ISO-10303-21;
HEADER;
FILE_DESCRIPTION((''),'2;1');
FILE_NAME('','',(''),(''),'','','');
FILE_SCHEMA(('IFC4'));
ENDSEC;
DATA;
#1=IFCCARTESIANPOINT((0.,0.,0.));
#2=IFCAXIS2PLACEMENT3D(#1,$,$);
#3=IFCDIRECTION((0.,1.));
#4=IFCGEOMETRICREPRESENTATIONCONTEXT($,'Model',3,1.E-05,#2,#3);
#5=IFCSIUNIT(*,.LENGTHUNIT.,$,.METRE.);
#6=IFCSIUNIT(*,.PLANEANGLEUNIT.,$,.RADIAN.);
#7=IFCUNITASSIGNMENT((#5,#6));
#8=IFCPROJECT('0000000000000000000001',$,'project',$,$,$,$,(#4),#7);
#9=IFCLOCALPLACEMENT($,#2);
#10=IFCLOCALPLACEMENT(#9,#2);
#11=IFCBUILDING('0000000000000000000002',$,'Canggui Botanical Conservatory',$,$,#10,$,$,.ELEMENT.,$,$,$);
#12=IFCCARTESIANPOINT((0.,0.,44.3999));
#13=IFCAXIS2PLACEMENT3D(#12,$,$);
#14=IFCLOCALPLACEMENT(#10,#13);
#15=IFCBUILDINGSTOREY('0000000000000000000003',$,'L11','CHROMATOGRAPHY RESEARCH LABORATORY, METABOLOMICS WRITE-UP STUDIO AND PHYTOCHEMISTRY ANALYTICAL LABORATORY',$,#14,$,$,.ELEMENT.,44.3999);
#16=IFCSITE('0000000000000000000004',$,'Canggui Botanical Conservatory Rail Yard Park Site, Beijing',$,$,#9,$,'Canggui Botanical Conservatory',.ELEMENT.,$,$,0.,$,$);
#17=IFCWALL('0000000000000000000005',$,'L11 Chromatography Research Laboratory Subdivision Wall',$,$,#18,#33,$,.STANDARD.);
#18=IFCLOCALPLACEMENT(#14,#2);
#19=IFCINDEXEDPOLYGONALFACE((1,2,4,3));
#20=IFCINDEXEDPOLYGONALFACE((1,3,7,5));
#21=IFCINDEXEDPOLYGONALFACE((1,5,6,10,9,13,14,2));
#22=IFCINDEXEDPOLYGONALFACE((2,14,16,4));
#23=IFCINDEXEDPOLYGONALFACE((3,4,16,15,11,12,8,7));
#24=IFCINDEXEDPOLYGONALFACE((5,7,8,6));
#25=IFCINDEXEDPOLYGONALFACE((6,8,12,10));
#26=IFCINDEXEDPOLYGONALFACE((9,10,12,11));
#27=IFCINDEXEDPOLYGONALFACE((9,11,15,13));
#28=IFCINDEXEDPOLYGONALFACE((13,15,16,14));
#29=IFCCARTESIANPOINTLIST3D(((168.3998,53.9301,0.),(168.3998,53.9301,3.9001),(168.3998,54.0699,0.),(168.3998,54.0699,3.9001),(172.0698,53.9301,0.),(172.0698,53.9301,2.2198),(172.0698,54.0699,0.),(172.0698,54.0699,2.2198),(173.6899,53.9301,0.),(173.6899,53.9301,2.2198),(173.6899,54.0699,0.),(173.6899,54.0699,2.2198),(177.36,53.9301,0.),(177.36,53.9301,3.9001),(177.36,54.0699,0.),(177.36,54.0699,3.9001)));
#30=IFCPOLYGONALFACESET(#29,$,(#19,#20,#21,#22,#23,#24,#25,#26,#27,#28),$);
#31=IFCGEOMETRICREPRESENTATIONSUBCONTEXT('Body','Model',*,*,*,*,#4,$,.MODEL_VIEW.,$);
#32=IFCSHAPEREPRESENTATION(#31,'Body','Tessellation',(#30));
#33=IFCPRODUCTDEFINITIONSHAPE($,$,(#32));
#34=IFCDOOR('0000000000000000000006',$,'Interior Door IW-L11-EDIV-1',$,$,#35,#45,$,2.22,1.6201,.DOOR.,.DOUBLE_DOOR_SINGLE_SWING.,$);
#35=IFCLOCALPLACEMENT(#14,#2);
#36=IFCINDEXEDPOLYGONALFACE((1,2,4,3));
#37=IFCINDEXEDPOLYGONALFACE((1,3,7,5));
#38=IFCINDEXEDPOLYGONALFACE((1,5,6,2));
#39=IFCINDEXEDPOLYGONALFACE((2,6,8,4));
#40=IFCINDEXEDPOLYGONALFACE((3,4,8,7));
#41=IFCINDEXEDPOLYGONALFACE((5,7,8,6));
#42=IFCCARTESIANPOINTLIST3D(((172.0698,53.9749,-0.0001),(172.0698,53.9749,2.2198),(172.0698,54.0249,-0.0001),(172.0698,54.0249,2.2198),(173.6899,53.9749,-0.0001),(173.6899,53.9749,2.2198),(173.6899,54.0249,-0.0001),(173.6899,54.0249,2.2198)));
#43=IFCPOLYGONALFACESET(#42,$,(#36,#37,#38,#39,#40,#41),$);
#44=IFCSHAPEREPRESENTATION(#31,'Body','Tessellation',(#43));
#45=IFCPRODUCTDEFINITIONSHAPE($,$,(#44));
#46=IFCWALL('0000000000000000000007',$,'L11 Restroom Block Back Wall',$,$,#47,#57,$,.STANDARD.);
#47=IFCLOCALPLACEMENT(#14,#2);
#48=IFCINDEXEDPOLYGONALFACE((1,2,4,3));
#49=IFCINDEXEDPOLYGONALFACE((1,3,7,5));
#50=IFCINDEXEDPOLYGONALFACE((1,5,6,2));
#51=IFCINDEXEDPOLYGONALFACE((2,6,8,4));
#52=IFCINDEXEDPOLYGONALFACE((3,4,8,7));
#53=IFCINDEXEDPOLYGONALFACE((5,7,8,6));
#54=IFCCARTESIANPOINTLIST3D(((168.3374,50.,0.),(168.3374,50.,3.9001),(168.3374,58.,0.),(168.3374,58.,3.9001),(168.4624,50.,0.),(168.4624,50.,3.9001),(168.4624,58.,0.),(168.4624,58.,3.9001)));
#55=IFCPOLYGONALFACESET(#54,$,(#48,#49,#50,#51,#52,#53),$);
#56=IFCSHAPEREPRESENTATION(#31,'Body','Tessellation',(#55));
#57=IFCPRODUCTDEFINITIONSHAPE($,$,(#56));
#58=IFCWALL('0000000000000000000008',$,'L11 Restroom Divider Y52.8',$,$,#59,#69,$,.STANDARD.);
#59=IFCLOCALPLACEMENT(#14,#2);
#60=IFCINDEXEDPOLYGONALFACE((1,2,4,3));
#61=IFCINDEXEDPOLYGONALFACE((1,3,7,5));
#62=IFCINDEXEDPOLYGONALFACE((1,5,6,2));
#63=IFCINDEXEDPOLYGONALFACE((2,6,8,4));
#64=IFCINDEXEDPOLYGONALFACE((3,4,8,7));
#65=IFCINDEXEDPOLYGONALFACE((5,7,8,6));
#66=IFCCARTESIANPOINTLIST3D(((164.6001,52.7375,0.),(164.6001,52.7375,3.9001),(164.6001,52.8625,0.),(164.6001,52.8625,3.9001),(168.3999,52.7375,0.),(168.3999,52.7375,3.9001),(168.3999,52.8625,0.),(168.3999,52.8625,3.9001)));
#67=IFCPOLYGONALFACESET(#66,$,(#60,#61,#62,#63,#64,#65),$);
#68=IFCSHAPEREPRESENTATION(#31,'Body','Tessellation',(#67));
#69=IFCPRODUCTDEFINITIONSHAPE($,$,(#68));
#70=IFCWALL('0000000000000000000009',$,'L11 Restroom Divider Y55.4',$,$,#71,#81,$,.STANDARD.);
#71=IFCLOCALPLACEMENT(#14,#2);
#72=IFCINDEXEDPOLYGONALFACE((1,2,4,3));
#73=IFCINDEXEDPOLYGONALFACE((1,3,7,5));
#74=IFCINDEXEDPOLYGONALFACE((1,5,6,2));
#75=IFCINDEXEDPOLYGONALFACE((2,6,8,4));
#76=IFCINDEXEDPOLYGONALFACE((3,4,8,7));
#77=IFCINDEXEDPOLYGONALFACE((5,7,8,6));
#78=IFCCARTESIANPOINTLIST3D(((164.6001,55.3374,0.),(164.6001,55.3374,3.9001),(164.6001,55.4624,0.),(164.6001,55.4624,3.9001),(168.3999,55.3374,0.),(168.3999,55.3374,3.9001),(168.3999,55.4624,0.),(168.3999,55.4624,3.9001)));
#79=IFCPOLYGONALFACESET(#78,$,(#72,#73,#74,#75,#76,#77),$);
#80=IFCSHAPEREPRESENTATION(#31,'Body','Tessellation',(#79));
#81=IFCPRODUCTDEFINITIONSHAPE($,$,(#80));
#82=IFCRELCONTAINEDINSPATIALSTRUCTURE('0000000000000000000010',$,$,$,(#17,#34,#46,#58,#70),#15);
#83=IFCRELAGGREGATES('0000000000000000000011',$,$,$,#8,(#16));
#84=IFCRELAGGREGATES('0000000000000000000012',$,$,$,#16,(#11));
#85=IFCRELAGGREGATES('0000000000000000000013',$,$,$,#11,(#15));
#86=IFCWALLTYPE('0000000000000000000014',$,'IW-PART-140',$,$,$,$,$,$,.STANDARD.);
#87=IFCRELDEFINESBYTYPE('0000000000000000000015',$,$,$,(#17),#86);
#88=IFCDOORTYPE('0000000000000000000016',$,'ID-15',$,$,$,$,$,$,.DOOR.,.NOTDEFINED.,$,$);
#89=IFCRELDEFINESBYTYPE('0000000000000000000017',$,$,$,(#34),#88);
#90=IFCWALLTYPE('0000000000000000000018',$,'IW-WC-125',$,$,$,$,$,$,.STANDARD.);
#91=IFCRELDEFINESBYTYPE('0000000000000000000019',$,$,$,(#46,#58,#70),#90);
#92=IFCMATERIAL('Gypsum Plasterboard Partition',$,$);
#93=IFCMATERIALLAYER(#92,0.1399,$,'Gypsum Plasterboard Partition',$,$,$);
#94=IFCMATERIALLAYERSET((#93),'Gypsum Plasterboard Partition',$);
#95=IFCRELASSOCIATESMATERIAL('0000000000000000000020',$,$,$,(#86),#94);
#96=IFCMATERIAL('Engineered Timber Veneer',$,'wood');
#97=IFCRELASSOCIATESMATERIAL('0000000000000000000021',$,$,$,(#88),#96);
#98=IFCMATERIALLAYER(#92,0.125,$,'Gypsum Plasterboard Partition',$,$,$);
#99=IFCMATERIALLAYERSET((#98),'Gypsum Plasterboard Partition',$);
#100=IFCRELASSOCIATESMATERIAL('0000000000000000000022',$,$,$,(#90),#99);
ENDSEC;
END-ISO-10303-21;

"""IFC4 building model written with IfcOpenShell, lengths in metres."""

from ifc_helpers import new_model, si_unit, direction, frame, frame_2d, origin, place, context, subcontext, project, spatial, rectangle, extrude, material, layer, layer_set, type_object, element, fill, save


model = new_model("IFC4")

# Units and contexts
model_context = context("Model", 3, precision=1e-05, world=origin(), true_north=direction((0.0, 1.0)))
body_context = subcontext(model_context, "Body", "Model", "MODEL_VIEW")
ifc_project = project(units=[si_unit("LENGTHUNIT", "METRE"), si_unit("PLANEANGLEUNIT", "RADIAN")], contexts=[model_context])

# Site, building, storey
site_placement = place(None, origin())
site = spatial("IfcSite", under=ifc_project, at=site_placement, Name="Canggui Botanical Conservatory Rail Yard Park Site, Beijing", LongName="Canggui Botanical Conservatory", CompositionType="ELEMENT", RefElevation=0.0)
building_placement = place(site_placement, origin())
building = spatial("IfcBuilding", under=site, at=building_placement, Name="Canggui Botanical Conservatory", CompositionType="ELEMENT")
storey_placement = place(building_placement, frame((0.0, 0.0, 44.3999)))
storey = spatial("IfcBuildingStorey", under=building, at=storey_placement, Name="L11", Description="CHROMATOGRAPHY RESEARCH LABORATORY, METABOLOMICS WRITE-UP STUDIO AND PHYTOCHEMISTRY ANALYTICAL LABORATORY", CompositionType="ELEMENT", Elevation=44.3999)

# Wall, opening, door
ifc_material_1 = material(Name="Gypsum Plasterboard Partition")
ifc_layer_1 = layer(ifc_material_1, 0.1399, Name="Gypsum Plasterboard Partition")
ifc_layer_set_1 = layer_set([ifc_layer_1], Name="Gypsum Plasterboard Partition")
wall_type_1 = type_object("IfcWallType", Name="IW-PART-140", PredefinedType="STANDARD", material=ifc_layer_set_1)
wall_1_placement = place(storey_placement, frame((168.3999, 54.0, 0.0), z_axis=(0.0, 0.0, 1.0), x_axis=(1.0, 0.0, 0.0)))
wall_1 = element("IfcWall", 1, at=wall_1_placement, inside=storey, type_object=wall_type_1, Name="L11 Chromatography Research Laboratory Subdivision Wall", PredefinedType="STANDARD", context=body_context, shape_type="SweptSolid", body=[
    extrude(rectangle(XDim=8.9602, YDim=0.1399, at=frame_2d((4.48, 0.0))), origin(), (0.0, 0.0, 1.0), 3.9001),
])
opening_placement = place(wall_1_placement, frame((3.6699, 0.0, 0.0)))
opening = element("IfcOpeningElement", 2, at=opening_placement, cuts=wall_1, PredefinedType="OPENING", context=body_context, shape_type="SweptSolid", body=[
    extrude(rectangle(XDim=1.6201, YDim=2.22, at=frame_2d((0.8101, 1.1099))), frame((0.0, 0.0801, 0.0), z_axis=(0.0, -1.0, 0.0), x_axis=(1.0, 0.0, 0.0)), (0.0, 0.0, 1.0), 0.1599),
])
ifc_material_2 = material(Name="Engineered Timber Veneer", Category="wood")
door_type = type_object("IfcDoorType", Name="ID-15", OperationType="NOTDEFINED", PredefinedType="DOOR", material=ifc_material_2)
door_placement = place(opening_placement, origin())
door = element("IfcDoor", 3, at=door_placement, inside=storey, type_object=door_type, Name="Interior Door IW-L11-EDIV-1", OperationType="DOUBLE_DOOR_SINGLE_SWING", OverallHeight=2.22, OverallWidth=1.6201, PredefinedType="DOOR", context=body_context, shape_type="SweptSolid", body=[
    extrude(rectangle(XDim=1.6201, YDim=2.22, at=frame_2d((0.8101, 1.1099))), frame((0.0, 0.0249, 0.0), z_axis=(0.0, -1.0, 0.0), x_axis=(1.0, 0.0, 0.0)), (0.0, 0.0, 1.0), 0.05),
])
fill(opening, door)

# Walls
ifc_layer_2 = layer(ifc_material_1, 0.125, Name="Gypsum Plasterboard Partition")
ifc_layer_set_2 = layer_set([ifc_layer_2], Name="Gypsum Plasterboard Partition")
wall_type_2 = type_object("IfcWallType", Name="IW-WC-125", PredefinedType="STANDARD", material=ifc_layer_set_2)
wall_2_placement = place(storey_placement, frame((168.3999, 50.0, 0.0), z_axis=(0.0, 0.0, 1.0), x_axis=(0.0, 1.0, 0.0)))
element("IfcWall", 4, at=wall_2_placement, inside=storey, type_object=wall_type_2, Name="L11 Restroom Block Back Wall", PredefinedType="STANDARD", context=body_context, shape_type="SweptSolid", body=[
    extrude(rectangle(XDim=8.0, YDim=0.125, at=frame_2d((4.0, 0.0))), origin(), (0.0, 0.0, 1.0), 3.9001),
])
for number, where, z_axis, x_axis, name in (
    (5, (164.6001, 52.8, 0.0), (0.0, 0.0, 1.0), (1.0, 0.0, 0.0), "L11 Restroom Divider Y52.8"),
    (6, (164.6001, 55.3999, 0.0), (0.0, 0.0, 1.0), (1.0, 0.0, 0.0), "L11 Restroom Divider Y55.4"),
):
    element("IfcWall", number, at=place(storey_placement, frame(where, z_axis=z_axis, x_axis=x_axis)), inside=storey, type_object=wall_type_2, Name=name, PredefinedType="STANDARD", context=body_context, shape_type="SweptSolid", body=[
        extrude(rectangle(XDim=3.7998, YDim=0.125, at=frame_2d((1.8999, 0.0))), origin(), (0.0, 0.0, 1.0), 3.9001),
    ])

save(model, "model.ifc")
